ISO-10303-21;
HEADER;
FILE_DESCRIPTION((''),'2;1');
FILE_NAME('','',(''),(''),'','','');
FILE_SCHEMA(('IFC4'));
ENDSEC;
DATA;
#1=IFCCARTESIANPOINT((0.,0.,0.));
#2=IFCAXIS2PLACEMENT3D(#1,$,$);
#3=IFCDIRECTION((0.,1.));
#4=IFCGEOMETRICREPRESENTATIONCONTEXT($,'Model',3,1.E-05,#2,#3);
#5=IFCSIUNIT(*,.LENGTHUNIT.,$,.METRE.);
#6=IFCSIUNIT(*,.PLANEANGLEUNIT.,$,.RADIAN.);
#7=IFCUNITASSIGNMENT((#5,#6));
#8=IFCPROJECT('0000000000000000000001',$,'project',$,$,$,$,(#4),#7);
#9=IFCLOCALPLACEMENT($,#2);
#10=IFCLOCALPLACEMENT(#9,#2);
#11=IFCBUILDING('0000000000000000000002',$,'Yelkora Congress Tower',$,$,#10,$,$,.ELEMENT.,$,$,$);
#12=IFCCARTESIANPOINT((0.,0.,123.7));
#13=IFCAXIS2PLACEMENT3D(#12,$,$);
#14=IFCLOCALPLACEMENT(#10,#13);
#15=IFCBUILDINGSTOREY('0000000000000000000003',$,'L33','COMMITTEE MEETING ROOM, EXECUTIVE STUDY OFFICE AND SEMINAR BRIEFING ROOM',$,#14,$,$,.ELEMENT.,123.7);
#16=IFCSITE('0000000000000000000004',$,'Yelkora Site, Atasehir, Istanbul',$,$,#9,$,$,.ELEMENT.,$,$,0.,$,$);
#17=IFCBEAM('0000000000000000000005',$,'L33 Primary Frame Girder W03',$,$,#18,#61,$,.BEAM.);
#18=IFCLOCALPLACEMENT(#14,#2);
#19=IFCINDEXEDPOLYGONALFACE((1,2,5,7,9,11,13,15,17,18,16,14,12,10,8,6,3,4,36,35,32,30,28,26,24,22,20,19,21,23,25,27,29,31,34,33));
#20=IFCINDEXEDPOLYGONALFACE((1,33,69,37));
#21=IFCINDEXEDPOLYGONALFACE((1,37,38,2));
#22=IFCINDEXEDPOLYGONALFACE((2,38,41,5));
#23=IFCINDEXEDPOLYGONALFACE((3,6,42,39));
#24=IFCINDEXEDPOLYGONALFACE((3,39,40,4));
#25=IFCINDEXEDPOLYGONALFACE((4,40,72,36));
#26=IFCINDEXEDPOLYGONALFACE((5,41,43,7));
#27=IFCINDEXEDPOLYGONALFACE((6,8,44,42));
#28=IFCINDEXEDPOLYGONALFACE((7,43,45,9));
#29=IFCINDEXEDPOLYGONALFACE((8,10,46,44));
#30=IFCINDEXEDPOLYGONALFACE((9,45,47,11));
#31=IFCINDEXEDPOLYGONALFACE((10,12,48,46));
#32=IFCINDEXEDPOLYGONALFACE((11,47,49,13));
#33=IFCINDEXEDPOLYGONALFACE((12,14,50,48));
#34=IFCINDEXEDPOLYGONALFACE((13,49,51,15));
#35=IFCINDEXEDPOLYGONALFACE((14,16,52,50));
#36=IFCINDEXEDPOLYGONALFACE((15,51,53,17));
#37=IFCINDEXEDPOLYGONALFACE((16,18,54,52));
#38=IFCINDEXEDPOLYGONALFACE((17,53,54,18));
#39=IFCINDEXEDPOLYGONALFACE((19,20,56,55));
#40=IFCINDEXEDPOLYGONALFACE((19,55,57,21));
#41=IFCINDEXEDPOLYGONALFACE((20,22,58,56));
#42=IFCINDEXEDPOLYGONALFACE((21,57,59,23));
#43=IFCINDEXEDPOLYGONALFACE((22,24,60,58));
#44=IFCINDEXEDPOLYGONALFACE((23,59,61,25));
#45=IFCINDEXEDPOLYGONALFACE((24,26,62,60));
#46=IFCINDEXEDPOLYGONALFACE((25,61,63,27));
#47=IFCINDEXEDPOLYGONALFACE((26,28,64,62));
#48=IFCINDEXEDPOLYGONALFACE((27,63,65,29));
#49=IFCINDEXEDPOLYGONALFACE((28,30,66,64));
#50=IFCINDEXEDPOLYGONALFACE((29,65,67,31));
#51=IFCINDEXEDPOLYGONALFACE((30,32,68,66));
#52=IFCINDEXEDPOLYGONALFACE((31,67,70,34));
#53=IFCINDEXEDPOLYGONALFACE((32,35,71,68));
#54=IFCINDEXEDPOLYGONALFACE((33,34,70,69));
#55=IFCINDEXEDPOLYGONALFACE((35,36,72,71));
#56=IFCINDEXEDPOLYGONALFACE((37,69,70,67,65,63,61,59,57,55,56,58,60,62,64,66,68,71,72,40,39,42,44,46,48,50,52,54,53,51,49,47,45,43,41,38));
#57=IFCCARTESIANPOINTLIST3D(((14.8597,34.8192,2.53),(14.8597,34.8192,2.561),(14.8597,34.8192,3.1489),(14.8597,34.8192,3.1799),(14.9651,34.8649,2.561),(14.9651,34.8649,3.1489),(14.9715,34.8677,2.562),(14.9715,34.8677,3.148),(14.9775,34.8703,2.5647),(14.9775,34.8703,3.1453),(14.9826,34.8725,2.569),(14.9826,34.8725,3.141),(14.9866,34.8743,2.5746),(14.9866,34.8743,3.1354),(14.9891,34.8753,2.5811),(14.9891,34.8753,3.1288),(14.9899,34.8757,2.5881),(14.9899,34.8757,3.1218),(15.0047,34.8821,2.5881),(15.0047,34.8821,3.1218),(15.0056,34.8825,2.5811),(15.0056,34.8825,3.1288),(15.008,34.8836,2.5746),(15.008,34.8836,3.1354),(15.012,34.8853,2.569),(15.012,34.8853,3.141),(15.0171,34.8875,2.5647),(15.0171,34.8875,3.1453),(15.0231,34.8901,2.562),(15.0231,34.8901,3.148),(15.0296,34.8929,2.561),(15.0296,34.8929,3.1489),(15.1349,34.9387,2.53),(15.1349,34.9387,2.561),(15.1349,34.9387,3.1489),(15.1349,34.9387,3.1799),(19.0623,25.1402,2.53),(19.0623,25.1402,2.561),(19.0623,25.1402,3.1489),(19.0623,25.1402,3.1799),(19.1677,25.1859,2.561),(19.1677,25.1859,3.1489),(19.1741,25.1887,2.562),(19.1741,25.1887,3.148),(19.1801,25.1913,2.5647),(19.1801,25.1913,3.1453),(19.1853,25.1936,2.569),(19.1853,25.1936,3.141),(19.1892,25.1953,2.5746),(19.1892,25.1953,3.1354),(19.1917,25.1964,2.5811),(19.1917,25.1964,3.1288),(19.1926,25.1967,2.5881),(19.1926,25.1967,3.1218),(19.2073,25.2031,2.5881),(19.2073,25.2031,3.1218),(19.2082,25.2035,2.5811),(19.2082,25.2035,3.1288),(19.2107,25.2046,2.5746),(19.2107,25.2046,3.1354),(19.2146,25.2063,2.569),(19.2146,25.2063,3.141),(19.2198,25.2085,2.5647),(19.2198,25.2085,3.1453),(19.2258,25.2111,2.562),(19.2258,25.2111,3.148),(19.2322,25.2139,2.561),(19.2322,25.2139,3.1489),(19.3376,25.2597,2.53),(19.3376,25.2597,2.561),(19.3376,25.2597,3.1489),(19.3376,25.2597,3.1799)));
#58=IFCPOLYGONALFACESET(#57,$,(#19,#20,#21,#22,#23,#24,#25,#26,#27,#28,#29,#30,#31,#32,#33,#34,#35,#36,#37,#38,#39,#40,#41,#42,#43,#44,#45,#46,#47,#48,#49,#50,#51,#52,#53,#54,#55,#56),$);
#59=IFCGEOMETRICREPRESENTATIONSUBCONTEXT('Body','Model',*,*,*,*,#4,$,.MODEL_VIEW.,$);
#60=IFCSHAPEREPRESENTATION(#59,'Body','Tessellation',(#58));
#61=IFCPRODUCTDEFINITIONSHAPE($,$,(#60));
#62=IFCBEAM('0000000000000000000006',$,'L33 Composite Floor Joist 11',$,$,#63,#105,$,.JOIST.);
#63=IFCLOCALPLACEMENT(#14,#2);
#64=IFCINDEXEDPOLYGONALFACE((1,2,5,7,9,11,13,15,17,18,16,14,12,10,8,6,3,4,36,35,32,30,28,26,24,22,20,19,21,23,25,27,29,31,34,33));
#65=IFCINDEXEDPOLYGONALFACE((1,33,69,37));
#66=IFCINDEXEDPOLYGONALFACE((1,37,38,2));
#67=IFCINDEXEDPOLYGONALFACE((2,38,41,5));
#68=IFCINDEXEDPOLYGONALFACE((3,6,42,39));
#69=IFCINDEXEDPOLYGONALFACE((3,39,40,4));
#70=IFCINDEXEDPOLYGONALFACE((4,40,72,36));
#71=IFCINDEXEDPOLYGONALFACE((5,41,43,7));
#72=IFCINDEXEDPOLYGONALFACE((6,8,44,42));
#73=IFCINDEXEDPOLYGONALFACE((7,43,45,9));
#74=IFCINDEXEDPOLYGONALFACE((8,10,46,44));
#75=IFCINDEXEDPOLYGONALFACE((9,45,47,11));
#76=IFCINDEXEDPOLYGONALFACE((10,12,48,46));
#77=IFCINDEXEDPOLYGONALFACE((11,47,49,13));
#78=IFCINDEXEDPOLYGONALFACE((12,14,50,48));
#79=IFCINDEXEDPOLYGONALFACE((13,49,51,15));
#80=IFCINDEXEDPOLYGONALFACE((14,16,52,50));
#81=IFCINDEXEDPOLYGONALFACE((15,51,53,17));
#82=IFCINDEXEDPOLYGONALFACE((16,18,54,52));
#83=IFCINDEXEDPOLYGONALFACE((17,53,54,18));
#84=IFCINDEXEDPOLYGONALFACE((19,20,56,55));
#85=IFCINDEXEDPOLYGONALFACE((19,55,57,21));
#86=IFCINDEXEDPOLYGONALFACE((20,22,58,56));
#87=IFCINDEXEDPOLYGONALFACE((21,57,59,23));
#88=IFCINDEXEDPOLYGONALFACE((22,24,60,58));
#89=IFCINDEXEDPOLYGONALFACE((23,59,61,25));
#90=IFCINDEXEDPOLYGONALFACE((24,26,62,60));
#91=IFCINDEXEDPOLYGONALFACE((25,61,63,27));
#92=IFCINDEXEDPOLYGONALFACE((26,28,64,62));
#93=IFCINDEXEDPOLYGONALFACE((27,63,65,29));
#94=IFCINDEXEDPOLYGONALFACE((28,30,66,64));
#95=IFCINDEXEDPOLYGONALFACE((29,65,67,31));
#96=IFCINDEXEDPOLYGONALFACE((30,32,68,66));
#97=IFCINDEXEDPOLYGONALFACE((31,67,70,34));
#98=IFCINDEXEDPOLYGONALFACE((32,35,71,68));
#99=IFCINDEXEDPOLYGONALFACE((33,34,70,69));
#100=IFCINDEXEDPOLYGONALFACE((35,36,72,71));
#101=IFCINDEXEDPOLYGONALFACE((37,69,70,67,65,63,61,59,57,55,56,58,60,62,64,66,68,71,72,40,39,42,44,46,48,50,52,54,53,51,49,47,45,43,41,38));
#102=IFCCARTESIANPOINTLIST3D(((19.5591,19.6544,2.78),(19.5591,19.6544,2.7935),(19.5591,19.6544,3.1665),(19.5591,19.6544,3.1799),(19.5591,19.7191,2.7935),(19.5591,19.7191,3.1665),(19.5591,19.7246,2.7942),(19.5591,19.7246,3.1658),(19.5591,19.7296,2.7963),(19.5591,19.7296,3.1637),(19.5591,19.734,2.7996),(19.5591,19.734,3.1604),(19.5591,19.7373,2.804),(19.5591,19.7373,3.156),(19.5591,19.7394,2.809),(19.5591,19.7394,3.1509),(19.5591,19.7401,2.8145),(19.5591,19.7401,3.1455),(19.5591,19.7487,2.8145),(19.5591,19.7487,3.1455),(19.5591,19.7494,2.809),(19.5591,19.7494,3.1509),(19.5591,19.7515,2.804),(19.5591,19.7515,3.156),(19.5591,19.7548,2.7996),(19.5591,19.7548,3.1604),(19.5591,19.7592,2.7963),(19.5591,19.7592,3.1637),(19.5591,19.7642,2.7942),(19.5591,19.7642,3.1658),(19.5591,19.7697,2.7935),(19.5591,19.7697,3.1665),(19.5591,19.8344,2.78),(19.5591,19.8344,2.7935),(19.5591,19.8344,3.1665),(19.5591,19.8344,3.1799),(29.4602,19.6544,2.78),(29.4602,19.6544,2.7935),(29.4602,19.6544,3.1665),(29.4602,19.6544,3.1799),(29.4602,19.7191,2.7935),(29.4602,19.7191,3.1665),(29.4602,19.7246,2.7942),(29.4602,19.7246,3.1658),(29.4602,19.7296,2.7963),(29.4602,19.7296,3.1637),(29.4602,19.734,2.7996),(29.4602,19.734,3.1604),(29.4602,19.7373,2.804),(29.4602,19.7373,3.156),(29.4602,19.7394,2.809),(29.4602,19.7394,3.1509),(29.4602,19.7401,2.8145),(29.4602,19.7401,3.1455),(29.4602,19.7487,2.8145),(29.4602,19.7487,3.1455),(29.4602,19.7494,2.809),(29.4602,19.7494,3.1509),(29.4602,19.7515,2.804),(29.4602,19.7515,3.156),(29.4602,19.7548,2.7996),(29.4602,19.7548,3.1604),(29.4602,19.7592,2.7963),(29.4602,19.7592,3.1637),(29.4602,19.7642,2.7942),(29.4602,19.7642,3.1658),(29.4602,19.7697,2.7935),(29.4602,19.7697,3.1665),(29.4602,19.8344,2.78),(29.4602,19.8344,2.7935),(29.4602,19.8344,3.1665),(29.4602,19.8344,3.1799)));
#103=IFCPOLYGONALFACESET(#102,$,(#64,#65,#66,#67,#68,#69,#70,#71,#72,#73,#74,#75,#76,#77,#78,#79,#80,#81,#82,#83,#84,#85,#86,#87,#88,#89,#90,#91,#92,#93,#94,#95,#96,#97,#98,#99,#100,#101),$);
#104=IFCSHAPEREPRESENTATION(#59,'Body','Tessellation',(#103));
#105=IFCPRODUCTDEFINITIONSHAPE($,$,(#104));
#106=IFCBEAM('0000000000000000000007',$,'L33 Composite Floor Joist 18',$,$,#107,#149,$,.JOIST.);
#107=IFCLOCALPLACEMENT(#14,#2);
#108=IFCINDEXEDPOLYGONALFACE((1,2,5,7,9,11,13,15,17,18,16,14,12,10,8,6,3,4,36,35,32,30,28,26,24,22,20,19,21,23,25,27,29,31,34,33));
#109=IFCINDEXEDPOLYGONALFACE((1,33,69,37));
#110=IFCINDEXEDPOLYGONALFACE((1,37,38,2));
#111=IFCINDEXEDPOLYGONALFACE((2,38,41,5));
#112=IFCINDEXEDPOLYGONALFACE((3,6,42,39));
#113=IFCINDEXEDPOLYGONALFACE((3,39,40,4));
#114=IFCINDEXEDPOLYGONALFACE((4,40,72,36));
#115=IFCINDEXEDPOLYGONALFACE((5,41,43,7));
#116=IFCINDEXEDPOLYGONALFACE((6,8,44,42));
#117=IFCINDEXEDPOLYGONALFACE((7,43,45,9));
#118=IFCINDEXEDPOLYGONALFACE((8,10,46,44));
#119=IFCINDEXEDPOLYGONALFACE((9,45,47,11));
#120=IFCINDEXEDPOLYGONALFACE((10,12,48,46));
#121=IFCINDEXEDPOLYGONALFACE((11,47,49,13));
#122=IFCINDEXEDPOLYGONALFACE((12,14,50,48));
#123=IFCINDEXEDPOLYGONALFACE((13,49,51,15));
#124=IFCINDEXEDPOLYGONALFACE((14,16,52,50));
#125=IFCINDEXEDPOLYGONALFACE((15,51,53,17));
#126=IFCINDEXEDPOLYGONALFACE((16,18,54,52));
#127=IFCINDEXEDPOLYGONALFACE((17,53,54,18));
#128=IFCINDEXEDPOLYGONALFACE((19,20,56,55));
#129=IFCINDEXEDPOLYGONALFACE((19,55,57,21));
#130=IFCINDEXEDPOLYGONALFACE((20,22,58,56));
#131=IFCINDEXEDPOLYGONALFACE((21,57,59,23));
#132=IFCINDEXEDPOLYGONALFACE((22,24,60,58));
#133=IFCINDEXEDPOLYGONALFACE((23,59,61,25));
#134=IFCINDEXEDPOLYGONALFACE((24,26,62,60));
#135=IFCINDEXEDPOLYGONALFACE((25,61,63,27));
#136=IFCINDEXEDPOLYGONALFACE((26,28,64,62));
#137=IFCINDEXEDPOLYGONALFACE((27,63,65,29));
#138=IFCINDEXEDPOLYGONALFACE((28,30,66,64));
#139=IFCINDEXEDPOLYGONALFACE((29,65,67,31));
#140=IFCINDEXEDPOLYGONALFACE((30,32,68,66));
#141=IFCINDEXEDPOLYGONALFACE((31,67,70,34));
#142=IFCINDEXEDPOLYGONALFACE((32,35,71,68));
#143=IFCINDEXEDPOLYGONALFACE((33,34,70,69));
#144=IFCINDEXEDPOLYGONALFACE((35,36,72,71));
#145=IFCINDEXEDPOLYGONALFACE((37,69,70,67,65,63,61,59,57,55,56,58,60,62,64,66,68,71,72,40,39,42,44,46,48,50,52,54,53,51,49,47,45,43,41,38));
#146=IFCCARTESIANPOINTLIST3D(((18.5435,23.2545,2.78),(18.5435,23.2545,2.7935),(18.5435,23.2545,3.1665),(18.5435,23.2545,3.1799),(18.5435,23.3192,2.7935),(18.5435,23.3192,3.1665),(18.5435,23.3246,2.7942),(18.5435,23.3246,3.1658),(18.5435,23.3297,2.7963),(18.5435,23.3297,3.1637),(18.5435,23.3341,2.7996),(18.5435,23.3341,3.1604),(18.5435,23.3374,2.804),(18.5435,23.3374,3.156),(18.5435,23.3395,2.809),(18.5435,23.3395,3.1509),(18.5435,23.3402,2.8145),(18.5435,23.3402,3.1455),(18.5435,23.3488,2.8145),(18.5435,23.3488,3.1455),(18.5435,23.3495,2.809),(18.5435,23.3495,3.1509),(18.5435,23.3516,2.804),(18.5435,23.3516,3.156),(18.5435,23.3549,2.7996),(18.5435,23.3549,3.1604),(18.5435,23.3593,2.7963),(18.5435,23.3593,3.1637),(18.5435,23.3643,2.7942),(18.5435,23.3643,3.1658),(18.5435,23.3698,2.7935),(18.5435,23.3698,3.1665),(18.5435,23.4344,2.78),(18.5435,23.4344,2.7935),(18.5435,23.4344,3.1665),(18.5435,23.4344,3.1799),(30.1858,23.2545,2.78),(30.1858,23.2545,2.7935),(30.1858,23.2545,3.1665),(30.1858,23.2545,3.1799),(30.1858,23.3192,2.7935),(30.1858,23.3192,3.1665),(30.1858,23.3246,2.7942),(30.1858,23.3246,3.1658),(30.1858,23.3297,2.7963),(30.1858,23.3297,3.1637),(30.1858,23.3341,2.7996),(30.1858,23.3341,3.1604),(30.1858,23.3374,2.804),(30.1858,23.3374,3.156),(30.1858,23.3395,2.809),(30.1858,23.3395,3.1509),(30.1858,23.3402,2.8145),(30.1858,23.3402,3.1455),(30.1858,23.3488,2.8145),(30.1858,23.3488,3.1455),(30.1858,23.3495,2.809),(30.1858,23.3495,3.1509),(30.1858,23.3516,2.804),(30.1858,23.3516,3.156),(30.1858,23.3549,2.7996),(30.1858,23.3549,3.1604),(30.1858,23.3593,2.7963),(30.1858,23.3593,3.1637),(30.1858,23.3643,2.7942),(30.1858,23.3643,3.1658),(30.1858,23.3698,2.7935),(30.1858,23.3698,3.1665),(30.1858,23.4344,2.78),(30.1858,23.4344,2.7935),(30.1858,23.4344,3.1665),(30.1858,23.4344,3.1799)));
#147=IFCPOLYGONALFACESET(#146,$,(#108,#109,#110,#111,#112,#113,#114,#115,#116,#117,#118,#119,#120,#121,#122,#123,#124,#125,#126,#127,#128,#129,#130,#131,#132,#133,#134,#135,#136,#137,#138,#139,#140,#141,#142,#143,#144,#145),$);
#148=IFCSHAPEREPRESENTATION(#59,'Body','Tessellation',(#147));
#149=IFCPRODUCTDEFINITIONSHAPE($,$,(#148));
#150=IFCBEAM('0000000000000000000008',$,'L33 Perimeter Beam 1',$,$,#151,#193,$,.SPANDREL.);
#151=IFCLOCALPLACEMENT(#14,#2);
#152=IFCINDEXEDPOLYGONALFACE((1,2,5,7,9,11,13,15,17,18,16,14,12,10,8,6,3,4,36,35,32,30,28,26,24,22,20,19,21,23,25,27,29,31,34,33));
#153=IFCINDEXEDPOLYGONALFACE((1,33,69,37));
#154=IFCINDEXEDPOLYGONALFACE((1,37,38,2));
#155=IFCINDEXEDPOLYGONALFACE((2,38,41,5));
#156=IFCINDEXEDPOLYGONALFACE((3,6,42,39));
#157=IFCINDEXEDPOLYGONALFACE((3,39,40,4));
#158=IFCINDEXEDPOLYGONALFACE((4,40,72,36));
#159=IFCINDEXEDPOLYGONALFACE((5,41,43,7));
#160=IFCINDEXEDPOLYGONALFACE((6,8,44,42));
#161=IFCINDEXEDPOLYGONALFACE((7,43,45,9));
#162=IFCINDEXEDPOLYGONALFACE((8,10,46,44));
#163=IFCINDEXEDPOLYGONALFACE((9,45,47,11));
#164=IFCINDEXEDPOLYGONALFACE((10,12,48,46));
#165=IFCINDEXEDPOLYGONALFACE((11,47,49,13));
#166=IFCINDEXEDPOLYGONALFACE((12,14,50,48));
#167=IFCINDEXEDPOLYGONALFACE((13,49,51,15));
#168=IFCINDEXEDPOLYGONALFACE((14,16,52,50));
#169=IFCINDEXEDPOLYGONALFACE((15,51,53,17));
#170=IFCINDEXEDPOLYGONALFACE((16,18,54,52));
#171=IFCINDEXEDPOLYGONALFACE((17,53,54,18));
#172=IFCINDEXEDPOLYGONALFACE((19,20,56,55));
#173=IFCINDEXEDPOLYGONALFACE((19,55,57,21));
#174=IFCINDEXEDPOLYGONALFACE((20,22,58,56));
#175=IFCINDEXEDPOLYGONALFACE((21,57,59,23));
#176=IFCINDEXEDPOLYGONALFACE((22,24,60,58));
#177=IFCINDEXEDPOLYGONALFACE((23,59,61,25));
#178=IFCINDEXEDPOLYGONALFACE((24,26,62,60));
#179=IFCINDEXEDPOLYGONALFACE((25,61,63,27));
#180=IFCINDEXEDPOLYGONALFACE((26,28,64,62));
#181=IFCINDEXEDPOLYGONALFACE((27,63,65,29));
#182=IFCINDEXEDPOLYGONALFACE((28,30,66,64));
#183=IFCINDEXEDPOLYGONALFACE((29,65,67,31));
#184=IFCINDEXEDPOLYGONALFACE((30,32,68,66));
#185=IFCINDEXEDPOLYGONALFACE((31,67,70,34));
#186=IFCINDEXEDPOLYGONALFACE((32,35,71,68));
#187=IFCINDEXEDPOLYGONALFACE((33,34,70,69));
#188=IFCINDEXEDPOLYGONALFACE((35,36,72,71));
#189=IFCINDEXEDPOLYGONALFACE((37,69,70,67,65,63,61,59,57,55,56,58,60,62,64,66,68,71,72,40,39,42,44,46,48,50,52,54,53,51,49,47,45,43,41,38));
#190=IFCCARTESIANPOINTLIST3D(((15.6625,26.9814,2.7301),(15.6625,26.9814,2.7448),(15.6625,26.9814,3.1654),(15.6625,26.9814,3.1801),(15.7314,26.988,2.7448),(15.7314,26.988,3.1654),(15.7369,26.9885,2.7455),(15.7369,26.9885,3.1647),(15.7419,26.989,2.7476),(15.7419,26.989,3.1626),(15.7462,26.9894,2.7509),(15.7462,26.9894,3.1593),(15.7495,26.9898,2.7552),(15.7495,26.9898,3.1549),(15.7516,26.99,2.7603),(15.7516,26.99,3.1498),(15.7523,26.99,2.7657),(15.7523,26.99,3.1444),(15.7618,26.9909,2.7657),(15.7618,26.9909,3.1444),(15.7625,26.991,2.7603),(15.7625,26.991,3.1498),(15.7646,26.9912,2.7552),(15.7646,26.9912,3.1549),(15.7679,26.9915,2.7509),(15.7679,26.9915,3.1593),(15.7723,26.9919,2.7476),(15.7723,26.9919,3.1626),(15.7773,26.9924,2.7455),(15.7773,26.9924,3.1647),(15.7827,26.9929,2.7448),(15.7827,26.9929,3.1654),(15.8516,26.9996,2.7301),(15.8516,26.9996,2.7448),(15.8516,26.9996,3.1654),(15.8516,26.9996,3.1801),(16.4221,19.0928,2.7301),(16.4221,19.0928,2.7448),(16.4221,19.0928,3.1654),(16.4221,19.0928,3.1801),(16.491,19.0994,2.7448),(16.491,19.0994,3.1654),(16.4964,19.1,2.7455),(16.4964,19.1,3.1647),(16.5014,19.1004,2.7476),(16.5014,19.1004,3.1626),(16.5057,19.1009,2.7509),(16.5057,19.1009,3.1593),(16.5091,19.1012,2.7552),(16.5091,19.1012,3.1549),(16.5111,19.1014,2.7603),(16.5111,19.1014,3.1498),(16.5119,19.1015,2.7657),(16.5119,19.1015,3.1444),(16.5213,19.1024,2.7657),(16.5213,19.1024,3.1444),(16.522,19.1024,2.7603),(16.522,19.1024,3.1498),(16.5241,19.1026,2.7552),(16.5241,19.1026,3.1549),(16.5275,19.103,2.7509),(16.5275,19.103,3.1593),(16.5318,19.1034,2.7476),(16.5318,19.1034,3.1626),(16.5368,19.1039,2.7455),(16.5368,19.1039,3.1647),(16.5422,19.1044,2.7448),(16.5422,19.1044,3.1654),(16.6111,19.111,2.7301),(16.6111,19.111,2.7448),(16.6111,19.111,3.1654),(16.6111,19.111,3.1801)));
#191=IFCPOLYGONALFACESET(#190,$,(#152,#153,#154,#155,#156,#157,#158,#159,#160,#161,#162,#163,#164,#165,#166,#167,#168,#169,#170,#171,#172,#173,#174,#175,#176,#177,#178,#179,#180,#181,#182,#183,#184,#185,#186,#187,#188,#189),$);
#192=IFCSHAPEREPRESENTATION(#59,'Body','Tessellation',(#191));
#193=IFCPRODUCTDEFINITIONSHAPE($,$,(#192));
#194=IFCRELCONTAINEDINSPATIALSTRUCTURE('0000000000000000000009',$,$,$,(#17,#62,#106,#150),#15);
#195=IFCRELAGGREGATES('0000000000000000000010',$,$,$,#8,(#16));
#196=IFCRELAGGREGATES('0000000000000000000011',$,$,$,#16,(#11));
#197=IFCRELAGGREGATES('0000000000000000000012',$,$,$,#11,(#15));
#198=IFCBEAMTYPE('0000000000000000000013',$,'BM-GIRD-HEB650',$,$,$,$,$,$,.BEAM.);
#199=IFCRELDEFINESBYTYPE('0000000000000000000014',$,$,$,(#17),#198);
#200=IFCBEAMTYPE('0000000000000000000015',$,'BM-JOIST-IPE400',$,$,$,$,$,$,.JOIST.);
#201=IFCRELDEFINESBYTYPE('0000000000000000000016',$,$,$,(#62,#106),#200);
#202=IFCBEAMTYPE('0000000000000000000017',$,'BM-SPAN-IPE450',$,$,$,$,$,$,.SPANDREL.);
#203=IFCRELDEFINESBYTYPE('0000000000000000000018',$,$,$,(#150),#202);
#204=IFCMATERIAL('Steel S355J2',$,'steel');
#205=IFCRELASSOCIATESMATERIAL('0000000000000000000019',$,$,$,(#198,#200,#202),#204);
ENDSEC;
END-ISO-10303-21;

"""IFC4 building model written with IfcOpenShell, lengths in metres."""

from ifc_helpers import new_model, si_unit, direction, frame, origin, origin_2d, place, context, subcontext, project, spatial, i_section, extrude, material, material_profile, profile_set, type_object, element, save


model = new_model("IFC4")

# Units and contexts
model_context = context("Model", 3, precision=1e-05, world=origin(), true_north=direction((0.0, 1.0)))
body_context = subcontext(model_context, "Body", "Model", "MODEL_VIEW")
ifc_project = project(units=[si_unit("LENGTHUNIT", "METRE"), si_unit("PLANEANGLEUNIT", "RADIAN")], contexts=[model_context])

# Site, building, storey
site_placement = place(None, origin())
site = spatial("IfcSite", under=ifc_project, at=site_placement, Name="Yelkora Site, Atasehir, Istanbul", CompositionType="ELEMENT", RefElevation=0.0)
building_placement = place(site_placement, origin())
building = spatial("IfcBuilding", under=site, at=building_placement, Name="Yelkora Congress Tower", CompositionType="ELEMENT")
storey_placement = place(building_placement, frame((0.0, 0.0, 123.7)))
storey = spatial("IfcBuildingStorey", under=building, at=storey_placement, Name="L33", Description="COMMITTEE MEETING ROOM, EXECUTIVE STUDY OFFICE AND SEMINAR BRIEFING ROOM", CompositionType="ELEMENT", Elevation=123.7)

# Beams
ifc_material_1 = material(Name="Steel S355J2", Category="steel")
ifc_material_profile_1 = material_profile(ifc_material_1, i_section(OverallWidth=0.3, OverallDepth=0.6499, WebThickness=0.0161, FlangeThickness=0.031, FilletRadius=0.0271, at=origin_2d()), Name="HEB 650")
ifc_profile_set_1 = profile_set([ifc_material_profile_1], Name="Steel S355J2")
beam_type_1 = type_object("IfcBeamType", Name="BM-GIRD-HEB650", PredefinedType="BEAM", material=ifc_profile_set_1)
beam_1_placement = place(storey_placement, frame((14.9973, 34.8789, 2.855), z_axis=(0.398279, -0.917264, 0.0), x_axis=(0.917264, 0.398279, 0.0)))
element("IfcBeam", 1, at=beam_1_placement, inside=storey, type_object=beam_type_1, Name="L33 Primary Frame Girder W03", PredefinedType="BEAM", context=body_context, shape_type="SweptSolid", body=[
    extrude(i_section(OverallWidth=0.3, OverallDepth=0.6499, WebThickness=0.0161, FlangeThickness=0.031, FilletRadius=0.0271, at=origin_2d()), origin(), (0.0, 0.0, 1.0), 10.552),
])
ifc_material_profile_2 = material_profile(ifc_material_1, i_section(OverallWidth=0.1799, OverallDepth=0.3999, WebThickness=0.0085, FlangeThickness=0.0134, FilletRadius=0.021, at=origin_2d()), Name="IPE 400")
ifc_profile_set_2 = profile_set([ifc_material_profile_2], Name="Steel S355J2")
beam_type_2 = type_object("IfcBeamType", Name="BM-JOIST-IPE400", PredefinedType="JOIST", material=ifc_profile_set_2)
beam_2_placement = place(storey_placement, frame((19.5591, 19.7444, 2.98), z_axis=(1.0, 0.0, 0.0), x_axis=(0.0, 1.0, 0.0)))
element("IfcBeam", 2, at=beam_2_placement, inside=storey, type_object=beam_type_2, Name="L33 Composite Floor Joist 11", PredefinedType="JOIST", context=body_context, shape_type="SweptSolid", body=[
    extrude(i_section(OverallWidth=0.1799, OverallDepth=0.3999, WebThickness=0.0085, FlangeThickness=0.0134, FilletRadius=0.021, at=origin_2d()), origin(), (0.0, 0.0, 1.0), 9.9011),
])
beam_3_placement = place(storey_placement, frame((18.5435, 23.3445, 2.98), z_axis=(1.0, 0.0, 0.0), x_axis=(0.0, 1.0, 0.0)))
element("IfcBeam", 3, at=beam_3_placement, inside=storey, type_object=beam_type_2, Name="L33 Composite Floor Joist 18", PredefinedType="JOIST", context=body_context, shape_type="SweptSolid", body=[
    extrude(i_section(OverallWidth=0.1799, OverallDepth=0.3999, WebThickness=0.0085, FlangeThickness=0.0134, FilletRadius=0.021, at=origin_2d()), origin(), (0.0, 0.0, 1.0), 11.6423),
])
ifc_material_profile_3 = material_profile(ifc_material_1, i_section(OverallWidth=0.1899, OverallDepth=0.45, WebThickness=0.0095, FlangeThickness=0.0146, FilletRadius=0.021, at=origin_2d()), Name="IPE 450")
ifc_profile_set_3 = profile_set([ifc_material_profile_3], Name="Steel S355J2")
beam_type_3 = type_object("IfcBeamType", Name="BM-SPAN-IPE450", PredefinedType="SPANDREL", material=ifc_profile_set_3)
beam_4_placement = place(storey_placement, frame((15.7571, 26.9905, 2.9551), z_axis=(0.095837, -0.995397, 0.0), x_axis=(0.995397, 0.095837, 0.0)))
element("IfcBeam", 4, at=beam_4_placement, inside=storey, type_object=beam_type_3, Name="L33 Perimeter Beam 1", PredefinedType="SPANDREL", context=body_context, shape_type="SweptSolid", body=[
    extrude(i_section(OverallWidth=0.1899, OverallDepth=0.45, WebThickness=0.0095, FlangeThickness=0.0146, FilletRadius=0.021, at=origin_2d()), origin(), (0.0, 0.0, 1.0), 7.925),
])

save(model, "model.ifc")
